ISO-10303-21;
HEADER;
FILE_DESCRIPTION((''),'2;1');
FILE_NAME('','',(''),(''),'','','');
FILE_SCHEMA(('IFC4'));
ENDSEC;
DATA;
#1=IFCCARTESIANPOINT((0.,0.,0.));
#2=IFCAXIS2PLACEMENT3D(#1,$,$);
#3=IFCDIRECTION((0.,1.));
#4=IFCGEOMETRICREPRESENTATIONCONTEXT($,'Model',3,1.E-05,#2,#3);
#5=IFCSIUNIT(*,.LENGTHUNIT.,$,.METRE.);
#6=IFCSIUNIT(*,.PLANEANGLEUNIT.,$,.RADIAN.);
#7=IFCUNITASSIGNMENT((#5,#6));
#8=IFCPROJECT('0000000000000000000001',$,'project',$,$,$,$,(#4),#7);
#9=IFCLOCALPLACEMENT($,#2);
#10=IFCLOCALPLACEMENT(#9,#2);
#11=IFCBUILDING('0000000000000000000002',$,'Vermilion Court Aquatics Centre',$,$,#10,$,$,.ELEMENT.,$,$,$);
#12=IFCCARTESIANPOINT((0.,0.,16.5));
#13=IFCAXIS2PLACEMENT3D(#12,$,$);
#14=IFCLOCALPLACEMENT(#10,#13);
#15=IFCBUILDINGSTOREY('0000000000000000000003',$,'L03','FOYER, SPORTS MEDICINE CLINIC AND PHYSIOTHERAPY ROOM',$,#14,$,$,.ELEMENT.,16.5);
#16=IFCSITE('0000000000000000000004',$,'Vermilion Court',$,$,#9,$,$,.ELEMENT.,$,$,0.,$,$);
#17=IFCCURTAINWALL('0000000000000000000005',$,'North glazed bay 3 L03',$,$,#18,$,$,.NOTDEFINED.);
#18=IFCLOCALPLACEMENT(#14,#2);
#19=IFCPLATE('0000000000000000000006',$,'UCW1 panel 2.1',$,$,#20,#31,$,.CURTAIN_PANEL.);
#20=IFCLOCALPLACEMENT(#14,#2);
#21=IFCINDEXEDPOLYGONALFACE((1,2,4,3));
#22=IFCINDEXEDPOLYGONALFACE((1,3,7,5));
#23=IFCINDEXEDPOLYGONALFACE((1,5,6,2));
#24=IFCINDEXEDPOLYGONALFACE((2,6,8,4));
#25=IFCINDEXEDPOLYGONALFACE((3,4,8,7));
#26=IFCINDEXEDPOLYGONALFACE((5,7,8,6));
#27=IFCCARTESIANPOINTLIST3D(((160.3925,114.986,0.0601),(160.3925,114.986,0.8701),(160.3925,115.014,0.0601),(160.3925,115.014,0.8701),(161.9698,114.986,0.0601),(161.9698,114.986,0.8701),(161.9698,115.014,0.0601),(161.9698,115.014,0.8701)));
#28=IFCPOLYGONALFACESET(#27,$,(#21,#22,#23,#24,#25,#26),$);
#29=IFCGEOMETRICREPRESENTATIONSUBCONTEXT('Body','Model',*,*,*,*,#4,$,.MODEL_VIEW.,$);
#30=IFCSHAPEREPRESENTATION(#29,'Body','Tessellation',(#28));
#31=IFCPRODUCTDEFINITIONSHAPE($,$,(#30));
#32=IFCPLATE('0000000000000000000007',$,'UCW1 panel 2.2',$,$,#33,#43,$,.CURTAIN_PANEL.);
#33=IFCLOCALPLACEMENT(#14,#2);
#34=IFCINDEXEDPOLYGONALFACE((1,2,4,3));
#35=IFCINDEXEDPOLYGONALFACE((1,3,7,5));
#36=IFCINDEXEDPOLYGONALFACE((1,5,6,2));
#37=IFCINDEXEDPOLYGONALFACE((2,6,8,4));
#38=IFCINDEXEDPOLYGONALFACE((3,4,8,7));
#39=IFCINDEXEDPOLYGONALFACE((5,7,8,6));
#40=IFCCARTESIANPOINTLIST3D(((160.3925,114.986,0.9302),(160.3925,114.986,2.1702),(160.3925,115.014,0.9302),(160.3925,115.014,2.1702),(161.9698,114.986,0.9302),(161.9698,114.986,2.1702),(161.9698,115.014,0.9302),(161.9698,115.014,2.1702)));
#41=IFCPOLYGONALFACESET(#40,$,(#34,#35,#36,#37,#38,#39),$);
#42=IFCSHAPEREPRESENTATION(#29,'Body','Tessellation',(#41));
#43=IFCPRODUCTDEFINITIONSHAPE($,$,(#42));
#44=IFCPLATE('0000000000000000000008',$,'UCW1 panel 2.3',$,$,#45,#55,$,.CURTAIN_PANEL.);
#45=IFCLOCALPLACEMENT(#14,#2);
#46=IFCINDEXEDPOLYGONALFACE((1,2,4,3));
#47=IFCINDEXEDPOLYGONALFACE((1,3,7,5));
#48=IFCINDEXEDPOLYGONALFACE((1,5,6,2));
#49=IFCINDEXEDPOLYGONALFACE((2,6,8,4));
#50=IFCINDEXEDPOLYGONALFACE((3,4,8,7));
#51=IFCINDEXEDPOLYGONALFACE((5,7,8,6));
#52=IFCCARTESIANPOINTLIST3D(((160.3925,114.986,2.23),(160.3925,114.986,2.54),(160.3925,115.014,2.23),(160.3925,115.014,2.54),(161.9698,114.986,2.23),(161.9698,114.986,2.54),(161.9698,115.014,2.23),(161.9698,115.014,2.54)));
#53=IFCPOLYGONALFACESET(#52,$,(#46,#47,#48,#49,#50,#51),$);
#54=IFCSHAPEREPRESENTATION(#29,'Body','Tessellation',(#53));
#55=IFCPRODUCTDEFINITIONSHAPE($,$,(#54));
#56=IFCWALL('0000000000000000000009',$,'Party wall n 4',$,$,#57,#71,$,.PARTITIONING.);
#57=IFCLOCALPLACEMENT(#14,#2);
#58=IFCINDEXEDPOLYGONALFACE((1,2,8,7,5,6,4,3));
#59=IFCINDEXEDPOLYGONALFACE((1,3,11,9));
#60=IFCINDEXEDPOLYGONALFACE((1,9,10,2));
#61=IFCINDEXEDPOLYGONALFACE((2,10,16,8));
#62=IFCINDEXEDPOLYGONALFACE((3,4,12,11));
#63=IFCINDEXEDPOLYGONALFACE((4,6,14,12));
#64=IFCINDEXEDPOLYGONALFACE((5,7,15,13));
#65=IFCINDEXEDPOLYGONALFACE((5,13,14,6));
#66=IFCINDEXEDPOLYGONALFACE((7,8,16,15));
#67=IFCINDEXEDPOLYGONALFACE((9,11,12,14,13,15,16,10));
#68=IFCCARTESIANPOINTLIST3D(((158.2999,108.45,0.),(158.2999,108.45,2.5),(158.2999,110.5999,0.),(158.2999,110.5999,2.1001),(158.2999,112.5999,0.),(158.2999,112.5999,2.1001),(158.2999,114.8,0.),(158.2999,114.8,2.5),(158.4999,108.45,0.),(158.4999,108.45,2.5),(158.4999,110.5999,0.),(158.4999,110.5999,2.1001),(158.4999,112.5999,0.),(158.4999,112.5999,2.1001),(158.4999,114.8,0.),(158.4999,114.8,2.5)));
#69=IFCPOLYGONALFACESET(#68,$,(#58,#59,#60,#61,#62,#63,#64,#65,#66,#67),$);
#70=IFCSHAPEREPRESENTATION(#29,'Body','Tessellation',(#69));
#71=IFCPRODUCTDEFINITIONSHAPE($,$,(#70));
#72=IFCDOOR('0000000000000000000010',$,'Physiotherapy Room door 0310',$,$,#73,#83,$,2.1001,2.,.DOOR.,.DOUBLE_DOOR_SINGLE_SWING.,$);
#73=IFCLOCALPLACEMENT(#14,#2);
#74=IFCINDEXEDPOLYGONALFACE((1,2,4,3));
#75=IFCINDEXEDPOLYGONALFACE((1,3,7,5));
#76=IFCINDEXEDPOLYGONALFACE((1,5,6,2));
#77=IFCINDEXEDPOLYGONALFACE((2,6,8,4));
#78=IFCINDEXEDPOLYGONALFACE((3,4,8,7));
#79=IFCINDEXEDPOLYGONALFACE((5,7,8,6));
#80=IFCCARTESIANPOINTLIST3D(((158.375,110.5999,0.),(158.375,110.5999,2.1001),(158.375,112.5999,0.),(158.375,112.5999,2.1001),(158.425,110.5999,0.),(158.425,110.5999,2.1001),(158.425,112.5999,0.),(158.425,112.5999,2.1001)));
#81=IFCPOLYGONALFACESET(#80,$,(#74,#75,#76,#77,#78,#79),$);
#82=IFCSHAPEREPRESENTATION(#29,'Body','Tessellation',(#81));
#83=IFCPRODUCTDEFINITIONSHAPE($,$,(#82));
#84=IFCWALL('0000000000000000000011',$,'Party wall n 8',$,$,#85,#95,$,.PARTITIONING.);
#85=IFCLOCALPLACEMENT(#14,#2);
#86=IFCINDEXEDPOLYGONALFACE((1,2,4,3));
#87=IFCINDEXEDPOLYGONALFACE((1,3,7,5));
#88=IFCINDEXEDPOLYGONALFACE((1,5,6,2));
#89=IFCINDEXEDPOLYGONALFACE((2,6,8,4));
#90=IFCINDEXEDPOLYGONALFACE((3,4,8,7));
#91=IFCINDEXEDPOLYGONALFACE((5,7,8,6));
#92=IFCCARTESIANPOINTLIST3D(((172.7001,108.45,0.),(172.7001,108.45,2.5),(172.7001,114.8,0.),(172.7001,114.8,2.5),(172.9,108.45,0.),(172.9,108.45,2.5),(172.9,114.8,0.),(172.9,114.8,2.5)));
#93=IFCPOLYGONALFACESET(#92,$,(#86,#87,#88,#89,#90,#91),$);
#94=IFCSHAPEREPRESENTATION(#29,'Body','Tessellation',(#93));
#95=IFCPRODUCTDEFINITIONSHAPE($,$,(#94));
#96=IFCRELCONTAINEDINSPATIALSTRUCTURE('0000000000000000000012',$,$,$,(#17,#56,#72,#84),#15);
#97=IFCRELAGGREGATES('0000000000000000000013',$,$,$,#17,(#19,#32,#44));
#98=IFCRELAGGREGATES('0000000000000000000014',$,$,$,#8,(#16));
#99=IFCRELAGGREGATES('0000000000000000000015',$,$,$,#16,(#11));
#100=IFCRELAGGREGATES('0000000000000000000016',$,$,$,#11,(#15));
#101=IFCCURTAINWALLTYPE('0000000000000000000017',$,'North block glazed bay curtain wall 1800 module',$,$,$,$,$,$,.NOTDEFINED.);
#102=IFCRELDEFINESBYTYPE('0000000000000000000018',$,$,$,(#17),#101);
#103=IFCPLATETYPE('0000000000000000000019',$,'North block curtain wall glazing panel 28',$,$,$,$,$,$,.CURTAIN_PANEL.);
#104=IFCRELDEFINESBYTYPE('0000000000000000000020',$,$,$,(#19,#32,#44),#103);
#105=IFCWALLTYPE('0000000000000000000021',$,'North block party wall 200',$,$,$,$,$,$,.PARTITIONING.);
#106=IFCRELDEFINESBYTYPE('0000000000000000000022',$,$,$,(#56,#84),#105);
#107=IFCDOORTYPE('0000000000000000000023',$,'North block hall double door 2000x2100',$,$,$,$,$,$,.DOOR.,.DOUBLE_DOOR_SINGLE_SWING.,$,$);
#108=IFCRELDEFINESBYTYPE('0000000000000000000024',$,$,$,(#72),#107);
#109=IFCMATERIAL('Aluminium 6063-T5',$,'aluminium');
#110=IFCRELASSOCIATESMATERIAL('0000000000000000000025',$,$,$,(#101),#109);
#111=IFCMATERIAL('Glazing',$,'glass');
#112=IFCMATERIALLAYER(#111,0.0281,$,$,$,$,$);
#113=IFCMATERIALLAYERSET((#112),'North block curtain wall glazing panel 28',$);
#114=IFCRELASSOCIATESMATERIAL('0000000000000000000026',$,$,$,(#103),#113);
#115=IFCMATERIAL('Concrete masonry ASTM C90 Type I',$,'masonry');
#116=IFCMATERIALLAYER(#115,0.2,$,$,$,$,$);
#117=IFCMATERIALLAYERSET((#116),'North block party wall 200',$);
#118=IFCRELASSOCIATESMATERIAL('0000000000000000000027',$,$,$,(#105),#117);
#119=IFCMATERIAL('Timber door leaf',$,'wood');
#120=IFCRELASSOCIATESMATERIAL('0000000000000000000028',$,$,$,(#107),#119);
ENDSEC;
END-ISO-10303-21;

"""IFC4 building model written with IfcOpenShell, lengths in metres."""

from ifc_helpers import new_model, si_unit, direction, frame, frame_2d, origin, origin_2d, place, context, subcontext, project, spatial, rectangle, extrude, material, layer, layer_set, type_object, element, fill, aggregate, save


model = new_model("IFC4")

# Units and contexts
model_context = context("Model", 3, precision=1e-05, world=origin(), true_north=direction((0.0, 1.0)))
body_context = subcontext(model_context, "Body", "Model", "MODEL_VIEW")
ifc_project = project(units=[si_unit("LENGTHUNIT", "METRE"), si_unit("PLANEANGLEUNIT", "RADIAN")], contexts=[model_context])

# Site, building, storey
site_placement = place(None, origin())
site = spatial("IfcSite", under=ifc_project, at=site_placement, Name="Vermilion Court", CompositionType="ELEMENT", RefElevation=0.0)
building_placement = place(site_placement, origin())
building = spatial("IfcBuilding", under=site, at=building_placement, Name="Vermilion Court Aquatics Centre", CompositionType="ELEMENT")
storey_placement = place(building_placement, frame((0.0, 0.0, 16.5)))
storey = spatial("IfcBuildingStorey", under=building, at=storey_placement, Name="L03", Description="FOYER, SPORTS MEDICINE CLINIC AND PHYSIOTHERAPY ROOM", CompositionType="ELEMENT", Elevation=16.5)

# Curtain wall
ifc_material_1 = material(Name="Aluminium 6063-T5", Category="aluminium")
curtain_wall_type = type_object("IfcCurtainWallType", Name="North block glazed bay curtain wall 1800 module", PredefinedType="NOTDEFINED", material=ifc_material_1)
curtain_wall_1_placement = place(storey_placement, origin())
curtain_wall_1 = element("IfcCurtainWall", 1, at=curtain_wall_1_placement, inside=storey, type_object=curtain_wall_type, Name="North glazed bay 3 L03", PredefinedType="NOTDEFINED")

# Plates
ifc_material_2 = material(Name="Glazing", Category="glass")
ifc_layer_1 = layer(ifc_material_2, 0.0281)
ifc_layer_set_1 = layer_set([ifc_layer_1], Name="North block curtain wall glazing panel 28")
plate_type = type_object("IfcPlateType", Name="North block curtain wall glazing panel 28", PredefinedType="CURTAIN_PANEL", material=ifc_layer_set_1)
plate_1_placement = place(storey_placement, frame((161.1812, 115.0, 0.0601), z_axis=(0.0, 0.0, 1.0), x_axis=(1.0, 0.0, 0.0)))
plate_1 = element("IfcPlate", 2, at=plate_1_placement, type_object=plate_type, Name="UCW1 panel 2.1", PredefinedType="CURTAIN_PANEL", context=body_context, shape_type="SweptSolid", body=[
    extrude(rectangle(XDim=1.5774, YDim=0.0281, at=origin_2d()), origin(), (0.0, 0.0, 1.0), 0.8101),
])
plate_2_placement = place(storey_placement, frame((161.1812, 115.0, 0.9302), z_axis=(0.0, 0.0, 1.0), x_axis=(1.0, 0.0, 0.0)))
plate_2 = element("IfcPlate", 3, at=plate_2_placement, type_object=plate_type, Name="UCW1 panel 2.2", PredefinedType="CURTAIN_PANEL", context=body_context, shape_type="SweptSolid", body=[
    extrude(rectangle(XDim=1.5774, YDim=0.0281, at=origin_2d()), origin(), (0.0, 0.0, 1.0), 1.24),
])
plate_3_placement = place(storey_placement, frame((161.1812, 115.0, 2.23), z_axis=(0.0, 0.0, 1.0), x_axis=(1.0, 0.0, 0.0)))
plate_3 = element("IfcPlate", 4, at=plate_3_placement, type_object=plate_type, Name="UCW1 panel 2.3", PredefinedType="CURTAIN_PANEL", context=body_context, shape_type="SweptSolid", body=[
    extrude(rectangle(XDim=1.5774, YDim=0.0281, at=origin_2d()), origin(), (0.0, 0.0, 1.0), 0.3101),
])
aggregate(curtain_wall_1, [plate_1, plate_2, plate_3])

# Wall, opening, door
ifc_material_3 = material(Name="Concrete masonry ASTM C90 Type I", Category="masonry")
ifc_layer_2 = layer(ifc_material_3, 0.2)
ifc_layer_set_2 = layer_set([ifc_layer_2], Name="North block party wall 200")
wall_type = type_object("IfcWallType", Name="North block party wall 200", PredefinedType="PARTITIONING", material=ifc_layer_set_2)
wall_1_placement = place(storey_placement, frame((158.3999, 108.45, 0.0), z_axis=(0.0, 0.0, 1.0), x_axis=(0.0, 1.0, 0.0)))
wall_1 = element("IfcWall", 5, at=wall_1_placement, inside=storey, type_object=wall_type, Name="Party wall n 4", PredefinedType="PARTITIONING", context=body_context, shape_type="SweptSolid", body=[
    extrude(rectangle(XDim=6.3501, YDim=0.2, at=frame_2d((3.175, 0.0))), origin(), (0.0, 0.0, 1.0), 2.5),
])
opening_placement = place(wall_1_placement, frame((2.1499, 0.0, 0.0)))
opening = element("IfcOpeningElement", 6, at=opening_placement, cuts=wall_1, PredefinedType="OPENING", context=body_context, shape_type="SweptSolid", body=[
    extrude(rectangle(XDim=2.0, YDim=2.1001, at=frame_2d((1.0, 1.05))), frame((0.0, 0.1099, 0.0), z_axis=(0.0, -1.0, 0.0), x_axis=(1.0, 0.0, 0.0)), (0.0, 0.0, 1.0), 0.22),
])
ifc_material_4 = material(Name="Timber door leaf", Category="wood")
door_type = type_object("IfcDoorType", Name="North block hall double door 2000x2100", OperationType="DOUBLE_DOOR_SINGLE_SWING", PredefinedType="DOOR", material=ifc_material_4)
door_placement = place(opening_placement, frame((2.0, 0.0, 0.0), z_axis=(0.0, 0.0, 1.0), x_axis=(-1.0, 0.0, 0.0)))
door = element("IfcDoor", 7, at=door_placement, inside=storey, type_object=door_type, Name="Physiotherapy Room door 0310", OperationType="DOUBLE_DOOR_SINGLE_SWING", OverallHeight=2.1001, OverallWidth=2.0, PredefinedType="DOOR", context=body_context, shape_type="SweptSolid", body=[
    extrude(rectangle(XDim=2.0, YDim=2.1001, at=frame_2d((1.0, 1.05))), frame((0.0, 0.0251, 0.0), z_axis=(0.0, -1.0, 0.0), x_axis=(1.0, 0.0, 0.0)), (0.0, 0.0, 1.0), 0.05),
])
fill(opening, door)

# Wall
wall_2_placement = place(storey_placement, frame((172.8, 108.45, 0.0), z_axis=(0.0, 0.0, 1.0), x_axis=(0.0, 1.0, 0.0)))
element("IfcWall", 8, at=wall_2_placement, inside=storey, type_object=wall_type, Name="Party wall n 8", PredefinedType="PARTITIONING", context=body_context, shape_type="SweptSolid", body=[
    extrude(rectangle(XDim=6.3501, YDim=0.2, at=frame_2d((3.175, 0.0))), origin(), (0.0, 0.0, 1.0), 2.5),
])

save(model, "model.ifc")
